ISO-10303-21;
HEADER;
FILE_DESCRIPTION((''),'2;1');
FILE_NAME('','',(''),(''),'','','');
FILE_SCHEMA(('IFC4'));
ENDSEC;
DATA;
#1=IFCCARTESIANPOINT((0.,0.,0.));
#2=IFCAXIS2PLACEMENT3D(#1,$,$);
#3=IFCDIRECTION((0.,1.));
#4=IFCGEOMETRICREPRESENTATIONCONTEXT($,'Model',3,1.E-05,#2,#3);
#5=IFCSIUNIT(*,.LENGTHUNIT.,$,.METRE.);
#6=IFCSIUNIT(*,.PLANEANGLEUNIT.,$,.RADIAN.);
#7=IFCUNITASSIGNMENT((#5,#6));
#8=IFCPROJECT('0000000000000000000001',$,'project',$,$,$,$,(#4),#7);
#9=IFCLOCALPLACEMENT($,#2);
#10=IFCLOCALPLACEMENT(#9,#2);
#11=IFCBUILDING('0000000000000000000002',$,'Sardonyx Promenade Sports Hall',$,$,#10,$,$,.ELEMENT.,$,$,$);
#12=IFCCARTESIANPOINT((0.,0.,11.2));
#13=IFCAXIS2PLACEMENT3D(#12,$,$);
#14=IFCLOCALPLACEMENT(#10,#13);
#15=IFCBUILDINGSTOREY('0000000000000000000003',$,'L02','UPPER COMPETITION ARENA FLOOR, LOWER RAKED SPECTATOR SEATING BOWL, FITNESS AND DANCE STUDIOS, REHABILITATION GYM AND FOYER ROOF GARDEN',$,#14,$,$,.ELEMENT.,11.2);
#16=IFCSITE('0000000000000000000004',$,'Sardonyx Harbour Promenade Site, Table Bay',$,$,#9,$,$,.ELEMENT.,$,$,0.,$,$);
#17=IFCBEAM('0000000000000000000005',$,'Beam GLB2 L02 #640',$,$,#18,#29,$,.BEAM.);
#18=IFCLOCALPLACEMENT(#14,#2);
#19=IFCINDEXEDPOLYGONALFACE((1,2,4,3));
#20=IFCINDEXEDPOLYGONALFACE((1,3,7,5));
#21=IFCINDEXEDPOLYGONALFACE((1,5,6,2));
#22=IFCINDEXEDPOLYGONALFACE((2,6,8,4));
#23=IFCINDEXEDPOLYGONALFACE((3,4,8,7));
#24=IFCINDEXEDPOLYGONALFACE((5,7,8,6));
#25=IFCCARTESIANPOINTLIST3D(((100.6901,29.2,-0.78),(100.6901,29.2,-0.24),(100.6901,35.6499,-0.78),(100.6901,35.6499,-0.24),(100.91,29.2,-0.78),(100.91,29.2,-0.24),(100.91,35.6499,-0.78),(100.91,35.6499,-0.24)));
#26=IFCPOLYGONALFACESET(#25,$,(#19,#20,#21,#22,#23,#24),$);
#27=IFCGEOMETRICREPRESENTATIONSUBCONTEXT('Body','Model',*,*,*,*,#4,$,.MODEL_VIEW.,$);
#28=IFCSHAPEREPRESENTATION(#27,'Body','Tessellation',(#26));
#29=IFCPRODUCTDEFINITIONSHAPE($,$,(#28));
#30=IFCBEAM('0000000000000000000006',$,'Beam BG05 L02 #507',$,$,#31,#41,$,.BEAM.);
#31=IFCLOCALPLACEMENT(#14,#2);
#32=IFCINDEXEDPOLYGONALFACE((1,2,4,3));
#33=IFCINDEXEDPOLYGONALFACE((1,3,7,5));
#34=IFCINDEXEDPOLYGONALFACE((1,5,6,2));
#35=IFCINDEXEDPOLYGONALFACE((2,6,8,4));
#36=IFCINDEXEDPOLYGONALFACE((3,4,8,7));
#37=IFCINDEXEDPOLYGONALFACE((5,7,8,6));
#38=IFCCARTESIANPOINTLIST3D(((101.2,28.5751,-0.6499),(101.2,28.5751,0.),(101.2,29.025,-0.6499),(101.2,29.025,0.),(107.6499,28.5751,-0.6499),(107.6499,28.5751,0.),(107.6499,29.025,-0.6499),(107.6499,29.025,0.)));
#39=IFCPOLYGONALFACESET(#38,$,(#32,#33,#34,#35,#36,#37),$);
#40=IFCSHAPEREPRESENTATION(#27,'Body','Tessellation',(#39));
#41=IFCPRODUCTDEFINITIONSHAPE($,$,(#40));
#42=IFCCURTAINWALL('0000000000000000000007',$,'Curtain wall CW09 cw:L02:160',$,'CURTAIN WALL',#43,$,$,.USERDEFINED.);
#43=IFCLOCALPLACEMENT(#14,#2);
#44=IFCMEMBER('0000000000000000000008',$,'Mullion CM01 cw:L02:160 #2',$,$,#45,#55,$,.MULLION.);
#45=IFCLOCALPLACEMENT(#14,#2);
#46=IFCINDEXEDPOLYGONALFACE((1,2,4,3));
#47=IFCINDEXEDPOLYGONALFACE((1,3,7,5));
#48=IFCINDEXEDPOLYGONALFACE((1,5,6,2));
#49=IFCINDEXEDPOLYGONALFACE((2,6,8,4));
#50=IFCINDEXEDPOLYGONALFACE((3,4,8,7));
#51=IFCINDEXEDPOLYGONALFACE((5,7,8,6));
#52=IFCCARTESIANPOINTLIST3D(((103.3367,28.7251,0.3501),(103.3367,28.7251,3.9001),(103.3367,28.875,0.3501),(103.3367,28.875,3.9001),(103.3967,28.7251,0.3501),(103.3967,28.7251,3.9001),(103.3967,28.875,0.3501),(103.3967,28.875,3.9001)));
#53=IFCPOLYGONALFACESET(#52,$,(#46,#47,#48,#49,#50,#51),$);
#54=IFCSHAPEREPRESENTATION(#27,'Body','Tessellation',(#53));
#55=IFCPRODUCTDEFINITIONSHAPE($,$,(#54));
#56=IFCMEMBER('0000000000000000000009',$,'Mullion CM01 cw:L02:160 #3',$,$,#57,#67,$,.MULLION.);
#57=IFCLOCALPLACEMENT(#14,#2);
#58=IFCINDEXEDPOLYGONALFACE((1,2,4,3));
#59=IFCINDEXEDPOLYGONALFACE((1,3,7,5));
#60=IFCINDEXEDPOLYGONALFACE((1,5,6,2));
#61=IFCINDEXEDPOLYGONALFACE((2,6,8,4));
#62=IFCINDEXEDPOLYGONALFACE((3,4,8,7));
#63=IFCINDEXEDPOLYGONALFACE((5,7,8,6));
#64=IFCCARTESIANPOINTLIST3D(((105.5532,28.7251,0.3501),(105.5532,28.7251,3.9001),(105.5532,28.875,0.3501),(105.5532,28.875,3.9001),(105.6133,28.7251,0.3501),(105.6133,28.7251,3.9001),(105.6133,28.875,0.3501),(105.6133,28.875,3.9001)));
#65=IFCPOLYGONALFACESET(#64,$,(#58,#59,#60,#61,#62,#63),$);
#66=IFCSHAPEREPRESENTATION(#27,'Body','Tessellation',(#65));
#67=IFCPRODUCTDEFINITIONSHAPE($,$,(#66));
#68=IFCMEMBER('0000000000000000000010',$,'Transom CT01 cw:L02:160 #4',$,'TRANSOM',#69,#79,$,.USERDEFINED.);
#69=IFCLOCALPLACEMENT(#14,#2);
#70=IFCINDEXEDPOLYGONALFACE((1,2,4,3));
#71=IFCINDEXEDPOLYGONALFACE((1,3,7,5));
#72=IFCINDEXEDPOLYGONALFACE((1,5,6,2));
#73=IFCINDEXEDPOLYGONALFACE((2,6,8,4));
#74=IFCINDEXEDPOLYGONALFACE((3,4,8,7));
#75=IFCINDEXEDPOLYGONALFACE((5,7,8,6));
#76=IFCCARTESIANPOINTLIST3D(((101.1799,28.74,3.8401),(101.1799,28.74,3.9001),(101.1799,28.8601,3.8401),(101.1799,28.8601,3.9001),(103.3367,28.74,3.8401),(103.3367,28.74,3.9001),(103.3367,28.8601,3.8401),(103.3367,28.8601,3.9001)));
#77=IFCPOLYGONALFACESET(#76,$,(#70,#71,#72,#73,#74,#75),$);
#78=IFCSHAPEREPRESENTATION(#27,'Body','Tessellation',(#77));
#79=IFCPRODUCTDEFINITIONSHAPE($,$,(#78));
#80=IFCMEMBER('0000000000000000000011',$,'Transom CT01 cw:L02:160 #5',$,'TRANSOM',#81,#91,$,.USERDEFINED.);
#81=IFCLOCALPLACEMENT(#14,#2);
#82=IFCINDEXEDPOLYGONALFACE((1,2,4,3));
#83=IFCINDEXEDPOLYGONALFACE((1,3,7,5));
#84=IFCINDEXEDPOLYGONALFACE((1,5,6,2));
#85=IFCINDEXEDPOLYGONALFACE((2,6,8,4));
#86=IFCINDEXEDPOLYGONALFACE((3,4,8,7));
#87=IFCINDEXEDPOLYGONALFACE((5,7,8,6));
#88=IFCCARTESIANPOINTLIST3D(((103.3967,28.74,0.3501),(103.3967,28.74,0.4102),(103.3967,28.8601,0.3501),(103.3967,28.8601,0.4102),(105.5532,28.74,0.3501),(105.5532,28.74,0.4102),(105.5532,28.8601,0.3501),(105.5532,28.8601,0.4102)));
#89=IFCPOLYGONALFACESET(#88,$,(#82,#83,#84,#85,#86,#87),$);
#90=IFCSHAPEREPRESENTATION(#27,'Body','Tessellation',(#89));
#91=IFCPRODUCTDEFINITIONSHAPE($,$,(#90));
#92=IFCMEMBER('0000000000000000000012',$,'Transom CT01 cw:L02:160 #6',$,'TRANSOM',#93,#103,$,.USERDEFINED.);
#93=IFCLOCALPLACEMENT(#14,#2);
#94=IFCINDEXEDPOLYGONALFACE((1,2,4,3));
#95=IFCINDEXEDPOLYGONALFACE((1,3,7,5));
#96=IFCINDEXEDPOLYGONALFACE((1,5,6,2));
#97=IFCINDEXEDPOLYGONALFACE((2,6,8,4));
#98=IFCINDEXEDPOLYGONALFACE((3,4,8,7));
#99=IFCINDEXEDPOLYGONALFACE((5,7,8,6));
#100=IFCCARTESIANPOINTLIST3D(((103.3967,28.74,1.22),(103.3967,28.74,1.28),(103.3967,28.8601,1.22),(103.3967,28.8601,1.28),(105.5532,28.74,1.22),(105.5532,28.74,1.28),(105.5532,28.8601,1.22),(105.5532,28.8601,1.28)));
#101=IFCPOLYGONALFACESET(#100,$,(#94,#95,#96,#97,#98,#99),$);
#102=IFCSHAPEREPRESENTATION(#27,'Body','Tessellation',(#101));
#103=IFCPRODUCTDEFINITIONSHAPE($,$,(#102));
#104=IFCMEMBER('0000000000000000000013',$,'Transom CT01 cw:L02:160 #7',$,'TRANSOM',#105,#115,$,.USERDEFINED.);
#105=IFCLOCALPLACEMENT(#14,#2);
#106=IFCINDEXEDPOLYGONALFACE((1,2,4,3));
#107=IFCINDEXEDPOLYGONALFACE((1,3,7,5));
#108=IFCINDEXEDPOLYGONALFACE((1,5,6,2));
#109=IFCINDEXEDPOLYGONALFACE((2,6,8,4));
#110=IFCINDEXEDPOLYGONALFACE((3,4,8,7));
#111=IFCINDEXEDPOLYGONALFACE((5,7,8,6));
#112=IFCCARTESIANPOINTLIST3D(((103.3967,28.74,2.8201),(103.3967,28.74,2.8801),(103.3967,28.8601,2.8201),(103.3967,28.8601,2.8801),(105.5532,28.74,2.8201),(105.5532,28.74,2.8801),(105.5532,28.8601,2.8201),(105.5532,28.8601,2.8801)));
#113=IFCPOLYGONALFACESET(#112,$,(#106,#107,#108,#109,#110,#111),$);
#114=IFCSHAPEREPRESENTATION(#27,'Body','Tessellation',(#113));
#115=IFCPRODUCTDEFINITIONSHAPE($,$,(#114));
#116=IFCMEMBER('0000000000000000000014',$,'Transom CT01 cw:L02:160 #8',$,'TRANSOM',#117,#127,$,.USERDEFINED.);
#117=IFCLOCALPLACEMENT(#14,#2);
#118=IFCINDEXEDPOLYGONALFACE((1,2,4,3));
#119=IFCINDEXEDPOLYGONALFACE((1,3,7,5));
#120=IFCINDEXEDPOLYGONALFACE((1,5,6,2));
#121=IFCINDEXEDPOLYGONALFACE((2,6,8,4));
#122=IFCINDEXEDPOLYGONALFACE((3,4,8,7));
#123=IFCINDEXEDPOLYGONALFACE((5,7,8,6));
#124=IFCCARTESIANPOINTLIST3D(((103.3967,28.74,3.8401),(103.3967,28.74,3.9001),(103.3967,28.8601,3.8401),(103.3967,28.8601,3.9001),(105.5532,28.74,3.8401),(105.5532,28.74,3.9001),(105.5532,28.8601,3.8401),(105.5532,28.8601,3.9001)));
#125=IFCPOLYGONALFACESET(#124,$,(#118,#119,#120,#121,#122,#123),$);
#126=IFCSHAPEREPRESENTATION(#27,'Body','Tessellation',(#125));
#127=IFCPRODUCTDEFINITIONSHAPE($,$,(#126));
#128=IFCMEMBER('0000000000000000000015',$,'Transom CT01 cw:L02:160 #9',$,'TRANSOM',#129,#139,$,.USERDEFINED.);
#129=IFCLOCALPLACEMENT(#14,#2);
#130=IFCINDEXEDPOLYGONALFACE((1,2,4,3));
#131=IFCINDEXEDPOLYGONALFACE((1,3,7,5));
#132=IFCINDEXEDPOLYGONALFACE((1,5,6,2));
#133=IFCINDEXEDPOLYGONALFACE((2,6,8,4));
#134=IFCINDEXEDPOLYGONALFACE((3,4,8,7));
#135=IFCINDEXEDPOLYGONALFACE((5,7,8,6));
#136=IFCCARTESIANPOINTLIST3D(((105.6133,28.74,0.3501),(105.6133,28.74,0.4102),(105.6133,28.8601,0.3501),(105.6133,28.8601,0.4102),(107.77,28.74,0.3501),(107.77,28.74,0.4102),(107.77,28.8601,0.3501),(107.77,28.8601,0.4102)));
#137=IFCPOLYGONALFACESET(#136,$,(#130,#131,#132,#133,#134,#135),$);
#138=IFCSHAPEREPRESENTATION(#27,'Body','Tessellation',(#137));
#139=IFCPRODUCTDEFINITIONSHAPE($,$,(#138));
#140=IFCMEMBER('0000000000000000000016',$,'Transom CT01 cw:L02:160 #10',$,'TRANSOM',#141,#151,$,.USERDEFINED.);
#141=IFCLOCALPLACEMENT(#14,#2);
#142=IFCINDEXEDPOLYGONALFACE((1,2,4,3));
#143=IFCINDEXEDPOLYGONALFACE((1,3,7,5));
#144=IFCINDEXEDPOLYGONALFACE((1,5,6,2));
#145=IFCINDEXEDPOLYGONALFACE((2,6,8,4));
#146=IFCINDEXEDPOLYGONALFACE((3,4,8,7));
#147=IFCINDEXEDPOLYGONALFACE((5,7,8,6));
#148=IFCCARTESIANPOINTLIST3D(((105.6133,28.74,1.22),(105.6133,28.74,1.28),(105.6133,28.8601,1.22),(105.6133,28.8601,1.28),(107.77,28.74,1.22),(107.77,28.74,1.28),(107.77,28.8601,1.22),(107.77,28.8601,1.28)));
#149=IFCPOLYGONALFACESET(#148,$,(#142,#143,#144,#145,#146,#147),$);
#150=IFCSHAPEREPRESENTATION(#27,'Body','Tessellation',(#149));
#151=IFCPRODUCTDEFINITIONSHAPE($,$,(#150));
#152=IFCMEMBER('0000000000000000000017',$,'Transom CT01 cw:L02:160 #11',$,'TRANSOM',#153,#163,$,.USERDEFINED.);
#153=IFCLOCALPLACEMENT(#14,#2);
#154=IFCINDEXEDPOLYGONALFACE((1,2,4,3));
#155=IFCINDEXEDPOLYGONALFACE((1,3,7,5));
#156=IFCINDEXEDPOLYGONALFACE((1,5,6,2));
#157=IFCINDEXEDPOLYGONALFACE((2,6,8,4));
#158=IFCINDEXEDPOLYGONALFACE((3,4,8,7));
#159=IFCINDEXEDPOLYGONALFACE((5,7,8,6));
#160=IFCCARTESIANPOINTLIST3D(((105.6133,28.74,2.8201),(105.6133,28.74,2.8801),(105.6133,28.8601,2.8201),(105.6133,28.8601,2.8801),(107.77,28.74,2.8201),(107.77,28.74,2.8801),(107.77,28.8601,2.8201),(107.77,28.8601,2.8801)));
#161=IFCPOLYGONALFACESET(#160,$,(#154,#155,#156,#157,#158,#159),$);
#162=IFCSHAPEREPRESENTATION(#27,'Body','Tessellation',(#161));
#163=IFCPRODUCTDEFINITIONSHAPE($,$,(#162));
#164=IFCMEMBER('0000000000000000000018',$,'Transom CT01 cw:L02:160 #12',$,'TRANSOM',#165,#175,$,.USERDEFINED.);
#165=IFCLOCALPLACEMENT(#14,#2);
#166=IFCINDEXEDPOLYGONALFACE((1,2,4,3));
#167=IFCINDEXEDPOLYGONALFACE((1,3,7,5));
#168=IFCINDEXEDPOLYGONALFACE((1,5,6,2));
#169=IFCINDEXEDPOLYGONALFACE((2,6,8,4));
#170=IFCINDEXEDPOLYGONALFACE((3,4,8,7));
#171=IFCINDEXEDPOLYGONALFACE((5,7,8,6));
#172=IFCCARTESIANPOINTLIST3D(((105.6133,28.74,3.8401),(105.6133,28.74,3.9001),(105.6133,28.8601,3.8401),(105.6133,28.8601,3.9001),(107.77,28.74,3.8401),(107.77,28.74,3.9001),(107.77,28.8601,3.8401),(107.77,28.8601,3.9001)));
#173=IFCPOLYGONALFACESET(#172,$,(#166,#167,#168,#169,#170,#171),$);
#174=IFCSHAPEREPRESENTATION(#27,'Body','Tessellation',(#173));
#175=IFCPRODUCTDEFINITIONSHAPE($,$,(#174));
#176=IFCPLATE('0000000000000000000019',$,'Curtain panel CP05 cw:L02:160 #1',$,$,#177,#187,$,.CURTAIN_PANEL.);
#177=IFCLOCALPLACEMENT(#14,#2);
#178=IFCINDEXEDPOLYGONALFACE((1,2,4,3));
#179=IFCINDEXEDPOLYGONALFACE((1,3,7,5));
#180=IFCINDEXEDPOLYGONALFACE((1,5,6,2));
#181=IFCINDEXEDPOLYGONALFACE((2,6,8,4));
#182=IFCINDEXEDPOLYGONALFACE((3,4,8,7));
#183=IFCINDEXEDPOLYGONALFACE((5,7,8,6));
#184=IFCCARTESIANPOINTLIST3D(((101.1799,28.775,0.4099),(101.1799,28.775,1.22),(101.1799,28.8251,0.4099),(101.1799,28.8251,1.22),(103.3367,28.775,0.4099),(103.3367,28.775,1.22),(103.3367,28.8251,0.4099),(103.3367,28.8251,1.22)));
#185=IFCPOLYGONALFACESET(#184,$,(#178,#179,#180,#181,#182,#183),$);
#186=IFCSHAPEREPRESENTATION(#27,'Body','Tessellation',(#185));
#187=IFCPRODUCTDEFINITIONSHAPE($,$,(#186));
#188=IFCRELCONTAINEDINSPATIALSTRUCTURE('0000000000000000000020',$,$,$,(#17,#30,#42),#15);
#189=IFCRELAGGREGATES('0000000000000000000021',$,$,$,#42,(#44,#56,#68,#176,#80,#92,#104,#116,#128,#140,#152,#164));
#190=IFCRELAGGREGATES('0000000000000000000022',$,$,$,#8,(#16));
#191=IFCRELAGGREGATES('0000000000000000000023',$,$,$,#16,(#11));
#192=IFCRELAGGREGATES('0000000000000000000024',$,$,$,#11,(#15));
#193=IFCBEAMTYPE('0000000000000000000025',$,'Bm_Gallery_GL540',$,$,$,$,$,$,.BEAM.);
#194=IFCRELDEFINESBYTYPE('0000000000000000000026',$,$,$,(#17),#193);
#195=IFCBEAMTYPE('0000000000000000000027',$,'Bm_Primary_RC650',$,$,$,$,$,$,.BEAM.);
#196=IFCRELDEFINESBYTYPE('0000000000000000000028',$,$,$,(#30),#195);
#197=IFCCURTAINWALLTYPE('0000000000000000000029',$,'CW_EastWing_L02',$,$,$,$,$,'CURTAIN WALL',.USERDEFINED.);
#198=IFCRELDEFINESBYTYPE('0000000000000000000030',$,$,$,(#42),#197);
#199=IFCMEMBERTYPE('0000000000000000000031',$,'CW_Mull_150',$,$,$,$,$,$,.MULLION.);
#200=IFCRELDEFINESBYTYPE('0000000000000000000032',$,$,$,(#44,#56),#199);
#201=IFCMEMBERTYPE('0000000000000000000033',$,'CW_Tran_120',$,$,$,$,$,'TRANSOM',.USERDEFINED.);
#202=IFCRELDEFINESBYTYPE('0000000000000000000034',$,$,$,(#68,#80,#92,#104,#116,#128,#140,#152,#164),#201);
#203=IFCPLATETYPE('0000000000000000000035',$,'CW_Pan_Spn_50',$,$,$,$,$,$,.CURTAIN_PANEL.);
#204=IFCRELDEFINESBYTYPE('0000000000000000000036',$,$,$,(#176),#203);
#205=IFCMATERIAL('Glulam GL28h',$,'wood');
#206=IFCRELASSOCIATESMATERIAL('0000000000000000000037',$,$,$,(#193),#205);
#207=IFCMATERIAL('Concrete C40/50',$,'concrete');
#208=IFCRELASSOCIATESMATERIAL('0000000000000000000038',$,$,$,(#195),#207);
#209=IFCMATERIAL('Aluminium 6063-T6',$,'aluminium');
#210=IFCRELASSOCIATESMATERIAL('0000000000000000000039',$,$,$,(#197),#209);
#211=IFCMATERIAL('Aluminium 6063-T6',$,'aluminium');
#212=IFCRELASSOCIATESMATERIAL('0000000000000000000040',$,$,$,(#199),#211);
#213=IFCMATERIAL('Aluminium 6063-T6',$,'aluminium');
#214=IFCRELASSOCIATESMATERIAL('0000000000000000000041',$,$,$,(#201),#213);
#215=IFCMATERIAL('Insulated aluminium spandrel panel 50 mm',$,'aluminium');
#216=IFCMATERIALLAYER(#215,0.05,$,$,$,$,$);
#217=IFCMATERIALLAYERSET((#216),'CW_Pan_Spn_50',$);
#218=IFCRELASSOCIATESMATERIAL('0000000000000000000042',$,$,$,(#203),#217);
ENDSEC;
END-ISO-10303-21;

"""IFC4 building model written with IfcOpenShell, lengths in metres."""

from ifc_helpers import new_model, si_unit, direction, frame, origin, origin_2d, place, context, subcontext, project, spatial, rectangle, extrude, material, layer, layer_set, material_profile, profile_set, type_object, element, aggregate, save


model = new_model("IFC4")

# Units and contexts
model_context = context("Model", 3, precision=1e-05, world=origin(), true_north=direction((0.0, 1.0)))
body_context = subcontext(model_context, "Body", "Model", "MODEL_VIEW")
ifc_project = project(units=[si_unit("LENGTHUNIT", "METRE"), si_unit("PLANEANGLEUNIT", "RADIAN")], contexts=[model_context])

# Site, building, storey
site_placement = place(None, origin())
site = spatial("IfcSite", under=ifc_project, at=site_placement, Name="Sardonyx Harbour Promenade Site, Table Bay", CompositionType="ELEMENT", RefElevation=0.0)
building_placement = place(site_placement, origin())
building = spatial("IfcBuilding", under=site, at=building_placement, Name="Sardonyx Promenade Sports Hall", CompositionType="ELEMENT")
storey_placement = place(building_placement, frame((0.0, 0.0, 11.2)))
storey = spatial("IfcBuildingStorey", under=building, at=storey_placement, Name="L02", Description="UPPER COMPETITION ARENA FLOOR, LOWER RAKED SPECTATOR SEATING BOWL, FITNESS AND DANCE STUDIOS, REHABILITATION GYM AND FOYER ROOF GARDEN", CompositionType="ELEMENT", Elevation=11.2)

# Beams
ifc_material_1 = material(Name="Glulam GL28h", Category="wood")
ifc_material_profile_1 = material_profile(ifc_material_1, rectangle(XDim=0.22, YDim=0.54, at=origin_2d()))
ifc_profile_set_1 = profile_set([ifc_material_profile_1], Name="Glulam GL28h")
beam_type_1 = type_object("IfcBeamType", Name="Bm_Gallery_GL540", PredefinedType="BEAM", material=ifc_profile_set_1)
beam_1_placement = place(storey_placement, frame((100.8, 29.2, -0.51), z_axis=(0.0, 1.0, 0.0), x_axis=(-1.0, 0.0, 0.0)))
element("IfcBeam", 1, at=beam_1_placement, inside=storey, type_object=beam_type_1, Name="Beam GLB2 L02 #640", PredefinedType="BEAM", context=body_context, shape_type="SweptSolid", body=[
    extrude(rectangle(XDim=0.22, YDim=0.54, at=origin_2d()), origin(), (0.0, 0.0, 1.0), 6.45),
])
ifc_material_2 = material(Name="Concrete C40/50", Category="concrete")
ifc_material_profile_2 = material_profile(ifc_material_2, rectangle(XDim=0.45, YDim=0.6499, at=origin_2d()))
ifc_profile_set_2 = profile_set([ifc_material_profile_2], Name="Concrete C40/50")
beam_type_2 = type_object("IfcBeamType", Name="Bm_Primary_RC650", PredefinedType="BEAM", material=ifc_profile_set_2)
beam_2_placement = place(storey_placement, frame((101.2, 28.8, -0.325), z_axis=(1.0, 0.0, 0.0), x_axis=(0.0, 1.0, 0.0)))
element("IfcBeam", 2, at=beam_2_placement, inside=storey, type_object=beam_type_2, Name="Beam BG05 L02 #507", PredefinedType="BEAM", context=body_context, shape_type="SweptSolid", body=[
    extrude(rectangle(XDim=0.45, YDim=0.6499, at=origin_2d()), origin(), (0.0, 0.0, 1.0), 6.45),
])

# Curtain wall, members, plate
ifc_material_3 = material(Name="Aluminium 6063-T6", Category="aluminium")
curtain_wall_type = type_object("IfcCurtainWallType", Name="CW_EastWing_L02", ElementType="CURTAIN WALL", PredefinedType="USERDEFINED", material=ifc_material_3)
curtain_wall_placement = place(storey_placement, origin())
curtain_wall = element("IfcCurtainWall", 3, at=curtain_wall_placement, inside=storey, type_object=curtain_wall_type, Name="Curtain wall CW09 cw:L02:160", ObjectType="CURTAIN WALL", PredefinedType="USERDEFINED")
ifc_material_4 = material(Name="Aluminium 6063-T6", Category="aluminium")
ifc_material_profile_3 = material_profile(ifc_material_4, rectangle(XDim=0.0601, YDim=0.1499, at=origin_2d()))
ifc_profile_set_3 = profile_set([ifc_material_profile_3], Name="Aluminium 6063-T6")
member_type_1 = type_object("IfcMemberType", Name="CW_Mull_150", PredefinedType="MULLION", material=ifc_profile_set_3)
member_1_placement = place(storey_placement, frame((103.3667, 28.8, 0.3501), z_axis=(0.0, 0.0, 1.0), x_axis=(1.0, 0.0, 0.0)))
member_1 = element("IfcMember", 4, at=member_1_placement, type_object=member_type_1, Name="Mullion CM01 cw:L02:160 #2", PredefinedType="MULLION", context=body_context, shape_type="SweptSolid", body=[
    extrude(rectangle(XDim=0.0601, YDim=0.1499, at=origin_2d()), origin(), (0.0, 0.0, 1.0), 3.55),
])
member_2_placement = place(storey_placement, frame((105.5833, 28.8, 0.3501), z_axis=(0.0, 0.0, 1.0), x_axis=(1.0, 0.0, 0.0)))
member_2 = element("IfcMember", 5, at=member_2_placement, type_object=member_type_1, Name="Mullion CM01 cw:L02:160 #3", PredefinedType="MULLION", context=body_context, shape_type="SweptSolid", body=[
    extrude(rectangle(XDim=0.0601, YDim=0.1499, at=origin_2d()), origin(), (0.0, 0.0, 1.0), 3.55),
])
ifc_material_5 = material(Name="Aluminium 6063-T6", Category="aluminium")
ifc_material_profile_4 = material_profile(ifc_material_5, rectangle(XDim=0.0601, YDim=0.1201, at=origin_2d()))
ifc_profile_set_4 = profile_set([ifc_material_profile_4], Name="Aluminium 6063-T6")
member_type_2 = type_object("IfcMemberType", Name="CW_Tran_120", ElementType="TRANSOM", PredefinedType="USERDEFINED", material=ifc_profile_set_4)
member_3_placement = place(storey_placement, frame((101.1799, 28.8, 3.8701), z_axis=(1.0, 0.0, 0.0), x_axis=(0.0, 0.0, 1.0)))
member_3 = element("IfcMember", 6, at=member_3_placement, type_object=member_type_2, Name="Transom CT01 cw:L02:160 #4", ObjectType="TRANSOM", PredefinedType="USERDEFINED", context=body_context, shape_type="SweptSolid", body=[
    extrude(rectangle(XDim=0.0601, YDim=0.1201, at=origin_2d()), origin(), (0.0, 0.0, 1.0), 2.1567),
])
member_4_placement = place(storey_placement, frame((103.3967, 28.8, 0.3801), z_axis=(1.0, 0.0, 0.0), x_axis=(0.0, 0.0, 1.0)))
member_4 = element("IfcMember", 7, at=member_4_placement, type_object=member_type_2, Name="Transom CT01 cw:L02:160 #5", ObjectType="TRANSOM", PredefinedType="USERDEFINED", context=body_context, shape_type="SweptSolid", body=[
    extrude(rectangle(XDim=0.0601, YDim=0.1201, at=origin_2d()), origin(), (0.0, 0.0, 1.0), 2.1565),
])
member_5_placement = place(storey_placement, frame((103.3967, 28.8, 1.25), z_axis=(1.0, 0.0, 0.0), x_axis=(0.0, 0.0, 1.0)))
member_5 = element("IfcMember", 8, at=member_5_placement, type_object=member_type_2, Name="Transom CT01 cw:L02:160 #6", ObjectType="TRANSOM", PredefinedType="USERDEFINED", context=body_context, shape_type="SweptSolid", body=[
    extrude(rectangle(XDim=0.0601, YDim=0.1201, at=origin_2d()), origin(), (0.0, 0.0, 1.0), 2.1565),
])
member_6_placement = place(storey_placement, frame((103.3967, 28.8, 2.8501), z_axis=(1.0, 0.0, 0.0), x_axis=(0.0, 0.0, 1.0)))
member_6 = element("IfcMember", 9, at=member_6_placement, type_object=member_type_2, Name="Transom CT01 cw:L02:160 #7", ObjectType="TRANSOM", PredefinedType="USERDEFINED", context=body_context, shape_type="SweptSolid", body=[
    extrude(rectangle(XDim=0.0601, YDim=0.1201, at=origin_2d()), origin(), (0.0, 0.0, 1.0), 2.1565),
])
member_7_placement = place(storey_placement, frame((103.3967, 28.8, 3.8701), z_axis=(1.0, 0.0, 0.0), x_axis=(0.0, 0.0, 1.0)))
member_7 = element("IfcMember", 10, at=member_7_placement, type_object=member_type_2, Name="Transom CT01 cw:L02:160 #8", ObjectType="TRANSOM", PredefinedType="USERDEFINED", context=body_context, shape_type="SweptSolid", body=[
    extrude(rectangle(XDim=0.0601, YDim=0.1201, at=origin_2d()), origin(), (0.0, 0.0, 1.0), 2.1565),
])
member_8_placement = place(storey_placement, frame((105.6133, 28.8, 0.3801), z_axis=(1.0, 0.0, 0.0), x_axis=(0.0, 0.0, 1.0)))
member_8 = element("IfcMember", 11, at=member_8_placement, type_object=member_type_2, Name="Transom CT01 cw:L02:160 #9", ObjectType="TRANSOM", PredefinedType="USERDEFINED", context=body_context, shape_type="SweptSolid", body=[
    extrude(rectangle(XDim=0.0601, YDim=0.1201, at=origin_2d()), origin(), (0.0, 0.0, 1.0), 2.1567),
])
member_9_placement = place(storey_placement, frame((105.6133, 28.8, 1.25), z_axis=(1.0, 0.0, 0.0), x_axis=(0.0, 0.0, 1.0)))
member_9 = element("IfcMember", 12, at=member_9_placement, type_object=member_type_2, Name="Transom CT01 cw:L02:160 #10", ObjectType="TRANSOM", PredefinedType="USERDEFINED", context=body_context, shape_type="SweptSolid", body=[
    extrude(rectangle(XDim=0.0601, YDim=0.1201, at=origin_2d()), origin(), (0.0, 0.0, 1.0), 2.1567),
])
member_10_placement = place(storey_placement, frame((105.6133, 28.8, 2.8501), z_axis=(1.0, 0.0, 0.0), x_axis=(0.0, 0.0, 1.0)))
member_10 = element("IfcMember", 13, at=member_10_placement, type_object=member_type_2, Name="Transom CT01 cw:L02:160 #11", ObjectType="TRANSOM", PredefinedType="USERDEFINED", context=body_context, shape_type="SweptSolid", body=[
    extrude(rectangle(XDim=0.0601, YDim=0.1201, at=origin_2d()), origin(), (0.0, 0.0, 1.0), 2.1567),
])
member_11_placement = place(storey_placement, frame((105.6133, 28.8, 3.8701), z_axis=(1.0, 0.0, 0.0), x_axis=(0.0, 0.0, 1.0)))
member_11 = element("IfcMember", 14, at=member_11_placement, type_object=member_type_2, Name="Transom CT01 cw:L02:160 #12", ObjectType="TRANSOM", PredefinedType="USERDEFINED", context=body_context, shape_type="SweptSolid", body=[
    extrude(rectangle(XDim=0.0601, YDim=0.1201, at=origin_2d()), origin(), (0.0, 0.0, 1.0), 2.1567),
])
ifc_material_6 = material(Name="Insulated aluminium spandrel panel 50 mm", Category="aluminium")
ifc_layer = layer(ifc_material_6, 0.05)
ifc_layer_set = layer_set([ifc_layer], Name="CW_Pan_Spn_50")
plate_type = type_object("IfcPlateType", Name="CW_Pan_Spn_50", PredefinedType="CURTAIN_PANEL", material=ifc_layer_set)
plate_1_placement = place(storey_placement, frame((102.2583, 28.8, 0.4099), z_axis=(0.0, 0.0, 1.0), x_axis=(1.0, 0.0, 0.0)))
plate_1 = element("IfcPlate", 15, at=plate_1_placement, type_object=plate_type, Name="Curtain panel CP05 cw:L02:160 #1", PredefinedType="CURTAIN_PANEL", context=body_context, shape_type="SweptSolid", body=[
    extrude(rectangle(XDim=2.1567, YDim=0.05, at=origin_2d()), origin(), (0.0, 0.0, 1.0), 0.8101),
])
aggregate(curtain_wall, [member_1, member_2, member_3, plate_1, member_4, member_5, member_6, member_7, member_8, member_9, member_10, member_11])

save(model, "model.ifc")
